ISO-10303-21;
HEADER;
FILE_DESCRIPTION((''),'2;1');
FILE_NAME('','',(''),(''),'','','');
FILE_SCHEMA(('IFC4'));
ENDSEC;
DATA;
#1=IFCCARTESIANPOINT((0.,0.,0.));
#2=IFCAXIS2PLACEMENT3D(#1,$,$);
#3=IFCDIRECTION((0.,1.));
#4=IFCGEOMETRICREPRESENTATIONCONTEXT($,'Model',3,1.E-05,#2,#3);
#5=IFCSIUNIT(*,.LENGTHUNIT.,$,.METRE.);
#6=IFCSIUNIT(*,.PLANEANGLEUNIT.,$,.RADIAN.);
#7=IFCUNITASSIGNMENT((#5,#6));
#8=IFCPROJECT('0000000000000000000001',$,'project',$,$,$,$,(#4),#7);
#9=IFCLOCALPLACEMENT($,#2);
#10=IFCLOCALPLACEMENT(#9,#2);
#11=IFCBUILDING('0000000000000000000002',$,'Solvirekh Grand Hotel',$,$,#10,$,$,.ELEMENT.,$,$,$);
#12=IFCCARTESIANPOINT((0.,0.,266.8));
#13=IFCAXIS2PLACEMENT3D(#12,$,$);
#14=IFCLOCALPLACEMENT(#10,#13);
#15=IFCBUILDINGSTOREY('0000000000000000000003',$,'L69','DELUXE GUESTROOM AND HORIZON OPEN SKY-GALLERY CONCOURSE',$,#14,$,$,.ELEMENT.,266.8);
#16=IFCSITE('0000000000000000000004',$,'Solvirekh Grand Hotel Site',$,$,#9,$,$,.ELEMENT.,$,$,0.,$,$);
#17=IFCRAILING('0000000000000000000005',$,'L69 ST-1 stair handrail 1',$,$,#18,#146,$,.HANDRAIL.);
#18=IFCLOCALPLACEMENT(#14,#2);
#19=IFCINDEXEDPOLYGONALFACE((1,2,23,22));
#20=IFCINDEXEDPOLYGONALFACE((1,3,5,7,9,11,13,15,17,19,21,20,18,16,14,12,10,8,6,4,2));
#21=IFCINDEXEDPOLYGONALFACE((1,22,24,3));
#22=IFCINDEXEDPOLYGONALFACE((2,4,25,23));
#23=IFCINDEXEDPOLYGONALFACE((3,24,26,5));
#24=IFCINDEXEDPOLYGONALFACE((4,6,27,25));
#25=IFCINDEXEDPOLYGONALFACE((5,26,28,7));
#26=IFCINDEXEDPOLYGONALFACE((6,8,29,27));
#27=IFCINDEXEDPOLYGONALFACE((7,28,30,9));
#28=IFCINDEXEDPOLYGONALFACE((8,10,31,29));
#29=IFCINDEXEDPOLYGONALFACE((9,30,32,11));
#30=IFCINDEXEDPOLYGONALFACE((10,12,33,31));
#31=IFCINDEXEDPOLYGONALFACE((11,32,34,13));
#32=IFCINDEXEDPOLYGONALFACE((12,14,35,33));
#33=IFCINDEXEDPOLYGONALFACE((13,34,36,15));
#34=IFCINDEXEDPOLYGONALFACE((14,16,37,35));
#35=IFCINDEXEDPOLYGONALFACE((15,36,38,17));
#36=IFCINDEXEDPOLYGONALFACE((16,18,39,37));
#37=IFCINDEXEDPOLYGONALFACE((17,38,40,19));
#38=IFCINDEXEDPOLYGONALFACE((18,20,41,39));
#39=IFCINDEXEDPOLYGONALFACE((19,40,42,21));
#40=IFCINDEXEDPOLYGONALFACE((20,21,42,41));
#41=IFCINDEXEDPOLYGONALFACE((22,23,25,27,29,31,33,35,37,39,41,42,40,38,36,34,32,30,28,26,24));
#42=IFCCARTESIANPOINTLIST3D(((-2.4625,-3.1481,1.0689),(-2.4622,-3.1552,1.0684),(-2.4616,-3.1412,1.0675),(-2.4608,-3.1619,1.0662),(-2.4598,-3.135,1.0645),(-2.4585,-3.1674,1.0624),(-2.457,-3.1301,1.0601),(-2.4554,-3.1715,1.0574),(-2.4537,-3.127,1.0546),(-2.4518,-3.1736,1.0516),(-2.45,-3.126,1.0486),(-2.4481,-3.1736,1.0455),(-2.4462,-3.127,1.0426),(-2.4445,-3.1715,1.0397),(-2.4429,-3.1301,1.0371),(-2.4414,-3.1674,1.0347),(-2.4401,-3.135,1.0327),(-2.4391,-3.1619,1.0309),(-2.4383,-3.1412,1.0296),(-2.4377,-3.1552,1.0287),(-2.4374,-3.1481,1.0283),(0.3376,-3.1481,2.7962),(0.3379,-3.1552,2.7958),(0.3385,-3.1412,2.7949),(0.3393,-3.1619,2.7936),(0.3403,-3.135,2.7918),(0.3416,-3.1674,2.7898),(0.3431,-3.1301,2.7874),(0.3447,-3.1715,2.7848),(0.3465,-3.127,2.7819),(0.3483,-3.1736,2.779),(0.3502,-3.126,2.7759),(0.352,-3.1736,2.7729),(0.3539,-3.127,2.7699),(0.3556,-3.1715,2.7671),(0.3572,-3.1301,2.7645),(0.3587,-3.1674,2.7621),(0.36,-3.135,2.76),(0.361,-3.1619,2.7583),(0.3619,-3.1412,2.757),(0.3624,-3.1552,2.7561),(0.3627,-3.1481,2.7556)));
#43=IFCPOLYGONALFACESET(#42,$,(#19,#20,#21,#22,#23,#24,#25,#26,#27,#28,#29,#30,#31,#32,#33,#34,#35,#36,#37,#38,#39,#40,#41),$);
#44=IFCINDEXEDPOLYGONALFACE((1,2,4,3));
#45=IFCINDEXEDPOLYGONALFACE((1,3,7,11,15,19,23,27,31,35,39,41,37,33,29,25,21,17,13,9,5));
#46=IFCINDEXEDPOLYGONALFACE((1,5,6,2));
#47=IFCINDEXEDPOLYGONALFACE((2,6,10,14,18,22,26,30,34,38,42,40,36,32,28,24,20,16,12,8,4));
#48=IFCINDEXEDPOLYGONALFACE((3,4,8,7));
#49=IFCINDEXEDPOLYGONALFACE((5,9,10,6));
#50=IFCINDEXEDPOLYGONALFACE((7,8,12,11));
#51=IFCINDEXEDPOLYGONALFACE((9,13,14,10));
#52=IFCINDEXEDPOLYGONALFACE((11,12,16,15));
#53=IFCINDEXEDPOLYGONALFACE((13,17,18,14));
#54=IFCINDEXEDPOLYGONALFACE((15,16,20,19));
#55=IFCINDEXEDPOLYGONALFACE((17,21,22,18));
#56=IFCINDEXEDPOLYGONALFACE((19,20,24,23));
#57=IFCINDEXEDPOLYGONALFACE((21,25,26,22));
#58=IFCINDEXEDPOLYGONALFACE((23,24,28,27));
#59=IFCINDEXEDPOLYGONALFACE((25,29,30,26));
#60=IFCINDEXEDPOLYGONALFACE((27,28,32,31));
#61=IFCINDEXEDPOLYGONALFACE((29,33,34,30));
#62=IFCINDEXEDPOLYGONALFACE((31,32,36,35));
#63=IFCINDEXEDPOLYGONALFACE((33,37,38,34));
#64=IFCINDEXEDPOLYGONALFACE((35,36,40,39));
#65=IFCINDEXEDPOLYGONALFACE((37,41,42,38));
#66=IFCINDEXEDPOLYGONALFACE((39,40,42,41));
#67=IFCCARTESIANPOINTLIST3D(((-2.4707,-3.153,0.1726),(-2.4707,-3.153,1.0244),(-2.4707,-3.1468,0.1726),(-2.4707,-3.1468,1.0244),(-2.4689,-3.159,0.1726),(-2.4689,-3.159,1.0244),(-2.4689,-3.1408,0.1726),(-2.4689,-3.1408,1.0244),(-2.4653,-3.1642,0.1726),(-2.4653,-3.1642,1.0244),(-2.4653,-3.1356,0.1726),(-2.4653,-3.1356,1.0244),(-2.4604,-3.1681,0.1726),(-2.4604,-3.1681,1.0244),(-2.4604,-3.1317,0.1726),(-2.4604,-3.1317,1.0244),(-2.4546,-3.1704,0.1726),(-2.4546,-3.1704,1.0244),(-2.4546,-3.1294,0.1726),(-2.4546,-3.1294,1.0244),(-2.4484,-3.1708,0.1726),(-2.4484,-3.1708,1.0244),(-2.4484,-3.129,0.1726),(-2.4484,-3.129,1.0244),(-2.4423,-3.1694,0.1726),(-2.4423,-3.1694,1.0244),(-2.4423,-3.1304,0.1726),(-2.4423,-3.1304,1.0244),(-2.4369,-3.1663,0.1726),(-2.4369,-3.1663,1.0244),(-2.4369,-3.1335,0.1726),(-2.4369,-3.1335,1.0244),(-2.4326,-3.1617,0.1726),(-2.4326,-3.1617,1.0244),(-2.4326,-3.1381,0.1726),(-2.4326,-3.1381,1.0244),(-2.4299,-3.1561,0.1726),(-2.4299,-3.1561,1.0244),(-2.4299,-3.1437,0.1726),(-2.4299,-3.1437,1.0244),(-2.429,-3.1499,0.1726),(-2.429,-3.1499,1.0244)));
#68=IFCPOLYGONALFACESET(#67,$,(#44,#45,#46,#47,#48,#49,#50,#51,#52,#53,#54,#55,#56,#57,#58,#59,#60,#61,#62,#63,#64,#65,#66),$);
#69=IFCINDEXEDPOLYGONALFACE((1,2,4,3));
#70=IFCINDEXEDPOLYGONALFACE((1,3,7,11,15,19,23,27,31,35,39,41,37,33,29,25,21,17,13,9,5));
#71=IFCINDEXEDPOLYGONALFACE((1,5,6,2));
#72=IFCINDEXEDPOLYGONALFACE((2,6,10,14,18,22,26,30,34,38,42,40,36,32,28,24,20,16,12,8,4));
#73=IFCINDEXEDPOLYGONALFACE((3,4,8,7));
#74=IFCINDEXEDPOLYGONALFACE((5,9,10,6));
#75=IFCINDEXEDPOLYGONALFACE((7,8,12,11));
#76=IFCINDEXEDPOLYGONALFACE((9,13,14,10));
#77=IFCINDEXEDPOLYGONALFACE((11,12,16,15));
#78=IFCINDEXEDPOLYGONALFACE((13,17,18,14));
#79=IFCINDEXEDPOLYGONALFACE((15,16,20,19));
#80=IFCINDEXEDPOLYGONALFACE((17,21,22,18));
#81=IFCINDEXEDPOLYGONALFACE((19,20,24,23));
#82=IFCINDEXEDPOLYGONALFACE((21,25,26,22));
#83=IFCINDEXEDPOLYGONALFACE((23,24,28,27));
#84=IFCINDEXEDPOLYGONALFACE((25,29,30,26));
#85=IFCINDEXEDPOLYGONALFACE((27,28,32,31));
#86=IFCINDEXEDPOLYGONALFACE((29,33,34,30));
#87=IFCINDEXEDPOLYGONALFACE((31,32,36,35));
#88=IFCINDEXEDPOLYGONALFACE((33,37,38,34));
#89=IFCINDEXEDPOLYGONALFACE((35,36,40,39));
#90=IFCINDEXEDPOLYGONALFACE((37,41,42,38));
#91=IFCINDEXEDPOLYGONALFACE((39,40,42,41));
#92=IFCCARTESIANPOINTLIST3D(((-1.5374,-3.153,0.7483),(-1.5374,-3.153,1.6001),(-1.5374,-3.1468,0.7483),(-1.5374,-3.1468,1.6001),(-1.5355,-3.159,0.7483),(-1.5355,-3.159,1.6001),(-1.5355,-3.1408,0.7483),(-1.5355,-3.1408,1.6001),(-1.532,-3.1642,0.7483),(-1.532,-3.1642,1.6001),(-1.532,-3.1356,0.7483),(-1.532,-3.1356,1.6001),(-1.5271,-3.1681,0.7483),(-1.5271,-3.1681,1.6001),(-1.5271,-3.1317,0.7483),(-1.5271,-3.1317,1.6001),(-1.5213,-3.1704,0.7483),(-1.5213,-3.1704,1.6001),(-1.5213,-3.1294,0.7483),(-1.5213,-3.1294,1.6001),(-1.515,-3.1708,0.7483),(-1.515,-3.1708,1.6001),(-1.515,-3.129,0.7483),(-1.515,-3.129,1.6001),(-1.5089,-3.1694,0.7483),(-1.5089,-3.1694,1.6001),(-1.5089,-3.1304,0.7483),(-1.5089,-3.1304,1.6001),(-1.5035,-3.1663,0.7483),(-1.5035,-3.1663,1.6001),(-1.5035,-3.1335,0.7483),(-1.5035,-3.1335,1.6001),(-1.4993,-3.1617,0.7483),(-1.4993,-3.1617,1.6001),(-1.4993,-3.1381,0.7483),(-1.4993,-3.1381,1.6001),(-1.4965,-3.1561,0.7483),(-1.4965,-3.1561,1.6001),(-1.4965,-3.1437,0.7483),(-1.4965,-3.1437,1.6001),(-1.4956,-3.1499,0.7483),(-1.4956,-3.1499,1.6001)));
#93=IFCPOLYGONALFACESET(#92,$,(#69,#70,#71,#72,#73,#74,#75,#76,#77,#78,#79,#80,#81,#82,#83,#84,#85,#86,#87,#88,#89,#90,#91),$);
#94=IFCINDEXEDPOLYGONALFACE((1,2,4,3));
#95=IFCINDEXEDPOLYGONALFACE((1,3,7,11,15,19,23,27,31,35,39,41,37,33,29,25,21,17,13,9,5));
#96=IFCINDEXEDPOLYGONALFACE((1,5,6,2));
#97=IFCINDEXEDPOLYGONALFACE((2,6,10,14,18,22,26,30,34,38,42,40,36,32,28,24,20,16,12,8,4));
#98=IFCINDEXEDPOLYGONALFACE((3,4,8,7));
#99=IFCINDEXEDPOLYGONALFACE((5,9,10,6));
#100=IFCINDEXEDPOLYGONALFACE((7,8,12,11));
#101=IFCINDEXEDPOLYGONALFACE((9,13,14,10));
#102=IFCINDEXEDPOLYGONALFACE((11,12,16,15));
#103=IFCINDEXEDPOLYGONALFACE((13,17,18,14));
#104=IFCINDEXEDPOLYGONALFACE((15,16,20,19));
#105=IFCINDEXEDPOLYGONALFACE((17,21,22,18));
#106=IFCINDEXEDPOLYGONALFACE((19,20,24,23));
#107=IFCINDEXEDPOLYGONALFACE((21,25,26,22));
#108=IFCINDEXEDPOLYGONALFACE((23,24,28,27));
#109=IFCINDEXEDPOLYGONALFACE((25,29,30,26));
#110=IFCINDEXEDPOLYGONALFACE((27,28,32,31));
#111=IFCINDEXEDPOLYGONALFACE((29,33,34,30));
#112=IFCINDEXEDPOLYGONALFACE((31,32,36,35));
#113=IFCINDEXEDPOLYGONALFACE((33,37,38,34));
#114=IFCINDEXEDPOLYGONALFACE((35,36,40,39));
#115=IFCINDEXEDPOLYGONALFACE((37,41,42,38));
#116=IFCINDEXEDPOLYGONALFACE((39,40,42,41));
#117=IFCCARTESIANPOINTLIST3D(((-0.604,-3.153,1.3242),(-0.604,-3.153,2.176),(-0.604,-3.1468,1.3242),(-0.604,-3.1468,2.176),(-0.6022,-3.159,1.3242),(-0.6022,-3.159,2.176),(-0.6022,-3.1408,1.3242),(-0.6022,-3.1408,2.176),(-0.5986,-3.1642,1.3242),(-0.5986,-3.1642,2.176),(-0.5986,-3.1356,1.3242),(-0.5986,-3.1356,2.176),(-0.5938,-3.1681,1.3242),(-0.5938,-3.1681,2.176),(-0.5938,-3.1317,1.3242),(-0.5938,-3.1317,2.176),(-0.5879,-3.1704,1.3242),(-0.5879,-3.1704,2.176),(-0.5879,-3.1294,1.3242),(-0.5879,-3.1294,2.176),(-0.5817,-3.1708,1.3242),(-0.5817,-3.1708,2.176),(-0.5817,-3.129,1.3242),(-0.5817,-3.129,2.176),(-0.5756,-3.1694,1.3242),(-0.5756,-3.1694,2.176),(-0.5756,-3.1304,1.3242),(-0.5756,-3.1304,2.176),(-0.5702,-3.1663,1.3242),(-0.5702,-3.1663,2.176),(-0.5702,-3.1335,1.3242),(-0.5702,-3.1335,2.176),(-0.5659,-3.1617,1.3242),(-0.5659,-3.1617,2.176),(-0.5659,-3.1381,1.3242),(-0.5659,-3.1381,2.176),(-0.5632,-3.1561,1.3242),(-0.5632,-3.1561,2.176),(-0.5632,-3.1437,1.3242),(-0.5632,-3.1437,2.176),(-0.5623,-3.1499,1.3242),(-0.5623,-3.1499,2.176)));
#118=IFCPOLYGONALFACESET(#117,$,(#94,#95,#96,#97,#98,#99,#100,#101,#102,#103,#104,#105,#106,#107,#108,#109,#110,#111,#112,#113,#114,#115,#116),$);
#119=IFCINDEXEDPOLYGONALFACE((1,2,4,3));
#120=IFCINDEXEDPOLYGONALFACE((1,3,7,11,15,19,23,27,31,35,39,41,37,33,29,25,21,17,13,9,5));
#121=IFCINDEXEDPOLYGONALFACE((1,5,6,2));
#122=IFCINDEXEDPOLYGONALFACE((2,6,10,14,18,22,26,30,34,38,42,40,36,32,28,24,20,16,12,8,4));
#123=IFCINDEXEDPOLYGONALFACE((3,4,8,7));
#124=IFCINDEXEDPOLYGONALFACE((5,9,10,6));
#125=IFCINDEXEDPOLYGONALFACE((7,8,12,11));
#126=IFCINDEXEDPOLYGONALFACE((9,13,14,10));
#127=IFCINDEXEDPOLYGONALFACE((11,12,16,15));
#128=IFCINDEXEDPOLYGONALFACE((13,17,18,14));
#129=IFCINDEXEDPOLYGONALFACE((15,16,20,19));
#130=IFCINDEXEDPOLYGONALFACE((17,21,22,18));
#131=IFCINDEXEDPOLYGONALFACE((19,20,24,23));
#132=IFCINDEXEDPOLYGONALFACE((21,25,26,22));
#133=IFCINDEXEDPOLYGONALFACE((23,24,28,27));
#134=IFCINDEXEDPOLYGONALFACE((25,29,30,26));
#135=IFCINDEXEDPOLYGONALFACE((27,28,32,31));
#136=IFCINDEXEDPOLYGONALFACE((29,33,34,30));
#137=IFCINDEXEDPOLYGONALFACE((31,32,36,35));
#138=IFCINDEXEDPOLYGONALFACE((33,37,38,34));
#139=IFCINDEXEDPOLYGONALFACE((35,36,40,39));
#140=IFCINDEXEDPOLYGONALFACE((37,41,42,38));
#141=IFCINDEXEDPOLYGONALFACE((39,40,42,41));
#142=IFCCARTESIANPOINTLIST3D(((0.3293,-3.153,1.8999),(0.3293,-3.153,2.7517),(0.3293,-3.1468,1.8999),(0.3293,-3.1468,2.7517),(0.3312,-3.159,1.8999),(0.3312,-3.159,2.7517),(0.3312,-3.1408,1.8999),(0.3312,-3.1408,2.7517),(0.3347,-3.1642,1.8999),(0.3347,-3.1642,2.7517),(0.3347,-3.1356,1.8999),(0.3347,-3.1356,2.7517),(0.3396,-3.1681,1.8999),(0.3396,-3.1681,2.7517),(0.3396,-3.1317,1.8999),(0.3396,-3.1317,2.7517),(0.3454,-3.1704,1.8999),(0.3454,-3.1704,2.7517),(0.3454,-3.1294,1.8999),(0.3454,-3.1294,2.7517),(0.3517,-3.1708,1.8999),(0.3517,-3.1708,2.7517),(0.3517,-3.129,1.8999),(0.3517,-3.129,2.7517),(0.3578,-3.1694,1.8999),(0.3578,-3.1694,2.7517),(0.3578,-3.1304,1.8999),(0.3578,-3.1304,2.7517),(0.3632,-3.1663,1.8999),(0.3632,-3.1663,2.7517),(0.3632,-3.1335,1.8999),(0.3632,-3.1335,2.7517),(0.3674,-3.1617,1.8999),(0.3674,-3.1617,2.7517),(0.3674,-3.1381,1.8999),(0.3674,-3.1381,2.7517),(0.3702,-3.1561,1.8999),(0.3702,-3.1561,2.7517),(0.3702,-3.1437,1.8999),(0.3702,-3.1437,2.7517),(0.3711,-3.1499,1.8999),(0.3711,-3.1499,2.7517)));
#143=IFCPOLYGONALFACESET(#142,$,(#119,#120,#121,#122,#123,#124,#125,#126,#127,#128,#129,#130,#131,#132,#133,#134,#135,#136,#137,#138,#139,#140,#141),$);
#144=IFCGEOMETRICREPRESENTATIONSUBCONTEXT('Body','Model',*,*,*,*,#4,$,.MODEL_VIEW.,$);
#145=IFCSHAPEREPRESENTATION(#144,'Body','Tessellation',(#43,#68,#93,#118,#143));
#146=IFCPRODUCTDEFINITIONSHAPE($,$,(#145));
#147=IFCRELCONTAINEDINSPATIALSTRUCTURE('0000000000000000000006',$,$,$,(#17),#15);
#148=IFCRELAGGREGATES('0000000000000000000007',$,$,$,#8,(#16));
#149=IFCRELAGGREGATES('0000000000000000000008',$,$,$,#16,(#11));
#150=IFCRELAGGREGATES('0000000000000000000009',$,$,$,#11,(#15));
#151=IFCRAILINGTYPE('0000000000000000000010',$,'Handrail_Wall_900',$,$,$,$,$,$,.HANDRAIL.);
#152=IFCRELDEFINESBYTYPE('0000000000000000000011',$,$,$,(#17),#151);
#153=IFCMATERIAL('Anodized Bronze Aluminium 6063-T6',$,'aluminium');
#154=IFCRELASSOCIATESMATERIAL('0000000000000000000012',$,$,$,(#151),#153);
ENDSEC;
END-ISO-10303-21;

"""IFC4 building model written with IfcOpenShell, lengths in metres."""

from ifc_helpers import new_model, si_unit, direction, frame, origin, origin_2d, place, context, subcontext, project, spatial, circle, extrude, material, type_object, element, save


model = new_model("IFC4")

# Units and contexts
model_context = context("Model", 3, precision=1e-05, world=origin(), true_north=direction((0.0, 1.0)))
body_context = subcontext(model_context, "Body", "Model", "MODEL_VIEW")
ifc_project = project(units=[si_unit("LENGTHUNIT", "METRE"), si_unit("PLANEANGLEUNIT", "RADIAN")], contexts=[model_context])

# Site, building, storey
site_placement = place(None, origin())
site = spatial("IfcSite", under=ifc_project, at=site_placement, Name="Solvirekh Grand Hotel Site", CompositionType="ELEMENT", RefElevation=0.0)
building_placement = place(site_placement, origin())
building = spatial("IfcBuilding", under=site, at=building_placement, Name="Solvirekh Grand Hotel", CompositionType="ELEMENT")
storey_placement = place(building_placement, frame((0.0, 0.0, 266.8)))
storey = spatial("IfcBuildingStorey", under=building, at=storey_placement, Name="L69", Description="DELUXE GUESTROOM AND HORIZON OPEN SKY-GALLERY CONCOURSE", CompositionType="ELEMENT", Elevation=266.8)

# Railing
ifc_material_1 = material(Name="Anodized Bronze Aluminium 6063-T6", Category="aluminium")
railing_type_1 = type_object("IfcRailingType", Name="Handrail_Wall_900", PredefinedType="HANDRAIL", material=ifc_material_1)
for number, where, name in (
    (1, (-2.45, -3.1499, 0.1726), "L69 ST-1 stair handrail 1"),
):
    element("IfcRailing", number, at=place(storey_placement, frame(where)), inside=storey, type_object=railing_type_1, Name=name, PredefinedType="HANDRAIL", context=body_context, shape_type="SweptSolid", body=[
        extrude(circle(Radius=0.0239, at=origin_2d()), frame((0.0, 0.0, 0.876), z_axis=(0.85109, 0.0, 0.52502), x_axis=(0.0, 1.0, 0.0)), (0.0, 0.0, 1.0), 3.29),
        extrude(circle(Radius=0.021, at=origin_2d()), origin(), (0.0, 0.0, 1.0), 0.8518),
        extrude(circle(Radius=0.021, at=origin_2d()), frame((0.9333, 0.0, 0.5757)), (0.0, 0.0, 1.0), 0.8518),
        extrude(circle(Radius=0.021, at=origin_2d()), frame((1.8667, 0.0, 1.1516)), (0.0, 0.0, 1.0), 0.8518),
        extrude(circle(Radius=0.021, at=origin_2d()), frame((2.8, 0.0, 1.7273)), (0.0, 0.0, 1.0), 0.8518),
    ])

save(model, "model.ifc")
